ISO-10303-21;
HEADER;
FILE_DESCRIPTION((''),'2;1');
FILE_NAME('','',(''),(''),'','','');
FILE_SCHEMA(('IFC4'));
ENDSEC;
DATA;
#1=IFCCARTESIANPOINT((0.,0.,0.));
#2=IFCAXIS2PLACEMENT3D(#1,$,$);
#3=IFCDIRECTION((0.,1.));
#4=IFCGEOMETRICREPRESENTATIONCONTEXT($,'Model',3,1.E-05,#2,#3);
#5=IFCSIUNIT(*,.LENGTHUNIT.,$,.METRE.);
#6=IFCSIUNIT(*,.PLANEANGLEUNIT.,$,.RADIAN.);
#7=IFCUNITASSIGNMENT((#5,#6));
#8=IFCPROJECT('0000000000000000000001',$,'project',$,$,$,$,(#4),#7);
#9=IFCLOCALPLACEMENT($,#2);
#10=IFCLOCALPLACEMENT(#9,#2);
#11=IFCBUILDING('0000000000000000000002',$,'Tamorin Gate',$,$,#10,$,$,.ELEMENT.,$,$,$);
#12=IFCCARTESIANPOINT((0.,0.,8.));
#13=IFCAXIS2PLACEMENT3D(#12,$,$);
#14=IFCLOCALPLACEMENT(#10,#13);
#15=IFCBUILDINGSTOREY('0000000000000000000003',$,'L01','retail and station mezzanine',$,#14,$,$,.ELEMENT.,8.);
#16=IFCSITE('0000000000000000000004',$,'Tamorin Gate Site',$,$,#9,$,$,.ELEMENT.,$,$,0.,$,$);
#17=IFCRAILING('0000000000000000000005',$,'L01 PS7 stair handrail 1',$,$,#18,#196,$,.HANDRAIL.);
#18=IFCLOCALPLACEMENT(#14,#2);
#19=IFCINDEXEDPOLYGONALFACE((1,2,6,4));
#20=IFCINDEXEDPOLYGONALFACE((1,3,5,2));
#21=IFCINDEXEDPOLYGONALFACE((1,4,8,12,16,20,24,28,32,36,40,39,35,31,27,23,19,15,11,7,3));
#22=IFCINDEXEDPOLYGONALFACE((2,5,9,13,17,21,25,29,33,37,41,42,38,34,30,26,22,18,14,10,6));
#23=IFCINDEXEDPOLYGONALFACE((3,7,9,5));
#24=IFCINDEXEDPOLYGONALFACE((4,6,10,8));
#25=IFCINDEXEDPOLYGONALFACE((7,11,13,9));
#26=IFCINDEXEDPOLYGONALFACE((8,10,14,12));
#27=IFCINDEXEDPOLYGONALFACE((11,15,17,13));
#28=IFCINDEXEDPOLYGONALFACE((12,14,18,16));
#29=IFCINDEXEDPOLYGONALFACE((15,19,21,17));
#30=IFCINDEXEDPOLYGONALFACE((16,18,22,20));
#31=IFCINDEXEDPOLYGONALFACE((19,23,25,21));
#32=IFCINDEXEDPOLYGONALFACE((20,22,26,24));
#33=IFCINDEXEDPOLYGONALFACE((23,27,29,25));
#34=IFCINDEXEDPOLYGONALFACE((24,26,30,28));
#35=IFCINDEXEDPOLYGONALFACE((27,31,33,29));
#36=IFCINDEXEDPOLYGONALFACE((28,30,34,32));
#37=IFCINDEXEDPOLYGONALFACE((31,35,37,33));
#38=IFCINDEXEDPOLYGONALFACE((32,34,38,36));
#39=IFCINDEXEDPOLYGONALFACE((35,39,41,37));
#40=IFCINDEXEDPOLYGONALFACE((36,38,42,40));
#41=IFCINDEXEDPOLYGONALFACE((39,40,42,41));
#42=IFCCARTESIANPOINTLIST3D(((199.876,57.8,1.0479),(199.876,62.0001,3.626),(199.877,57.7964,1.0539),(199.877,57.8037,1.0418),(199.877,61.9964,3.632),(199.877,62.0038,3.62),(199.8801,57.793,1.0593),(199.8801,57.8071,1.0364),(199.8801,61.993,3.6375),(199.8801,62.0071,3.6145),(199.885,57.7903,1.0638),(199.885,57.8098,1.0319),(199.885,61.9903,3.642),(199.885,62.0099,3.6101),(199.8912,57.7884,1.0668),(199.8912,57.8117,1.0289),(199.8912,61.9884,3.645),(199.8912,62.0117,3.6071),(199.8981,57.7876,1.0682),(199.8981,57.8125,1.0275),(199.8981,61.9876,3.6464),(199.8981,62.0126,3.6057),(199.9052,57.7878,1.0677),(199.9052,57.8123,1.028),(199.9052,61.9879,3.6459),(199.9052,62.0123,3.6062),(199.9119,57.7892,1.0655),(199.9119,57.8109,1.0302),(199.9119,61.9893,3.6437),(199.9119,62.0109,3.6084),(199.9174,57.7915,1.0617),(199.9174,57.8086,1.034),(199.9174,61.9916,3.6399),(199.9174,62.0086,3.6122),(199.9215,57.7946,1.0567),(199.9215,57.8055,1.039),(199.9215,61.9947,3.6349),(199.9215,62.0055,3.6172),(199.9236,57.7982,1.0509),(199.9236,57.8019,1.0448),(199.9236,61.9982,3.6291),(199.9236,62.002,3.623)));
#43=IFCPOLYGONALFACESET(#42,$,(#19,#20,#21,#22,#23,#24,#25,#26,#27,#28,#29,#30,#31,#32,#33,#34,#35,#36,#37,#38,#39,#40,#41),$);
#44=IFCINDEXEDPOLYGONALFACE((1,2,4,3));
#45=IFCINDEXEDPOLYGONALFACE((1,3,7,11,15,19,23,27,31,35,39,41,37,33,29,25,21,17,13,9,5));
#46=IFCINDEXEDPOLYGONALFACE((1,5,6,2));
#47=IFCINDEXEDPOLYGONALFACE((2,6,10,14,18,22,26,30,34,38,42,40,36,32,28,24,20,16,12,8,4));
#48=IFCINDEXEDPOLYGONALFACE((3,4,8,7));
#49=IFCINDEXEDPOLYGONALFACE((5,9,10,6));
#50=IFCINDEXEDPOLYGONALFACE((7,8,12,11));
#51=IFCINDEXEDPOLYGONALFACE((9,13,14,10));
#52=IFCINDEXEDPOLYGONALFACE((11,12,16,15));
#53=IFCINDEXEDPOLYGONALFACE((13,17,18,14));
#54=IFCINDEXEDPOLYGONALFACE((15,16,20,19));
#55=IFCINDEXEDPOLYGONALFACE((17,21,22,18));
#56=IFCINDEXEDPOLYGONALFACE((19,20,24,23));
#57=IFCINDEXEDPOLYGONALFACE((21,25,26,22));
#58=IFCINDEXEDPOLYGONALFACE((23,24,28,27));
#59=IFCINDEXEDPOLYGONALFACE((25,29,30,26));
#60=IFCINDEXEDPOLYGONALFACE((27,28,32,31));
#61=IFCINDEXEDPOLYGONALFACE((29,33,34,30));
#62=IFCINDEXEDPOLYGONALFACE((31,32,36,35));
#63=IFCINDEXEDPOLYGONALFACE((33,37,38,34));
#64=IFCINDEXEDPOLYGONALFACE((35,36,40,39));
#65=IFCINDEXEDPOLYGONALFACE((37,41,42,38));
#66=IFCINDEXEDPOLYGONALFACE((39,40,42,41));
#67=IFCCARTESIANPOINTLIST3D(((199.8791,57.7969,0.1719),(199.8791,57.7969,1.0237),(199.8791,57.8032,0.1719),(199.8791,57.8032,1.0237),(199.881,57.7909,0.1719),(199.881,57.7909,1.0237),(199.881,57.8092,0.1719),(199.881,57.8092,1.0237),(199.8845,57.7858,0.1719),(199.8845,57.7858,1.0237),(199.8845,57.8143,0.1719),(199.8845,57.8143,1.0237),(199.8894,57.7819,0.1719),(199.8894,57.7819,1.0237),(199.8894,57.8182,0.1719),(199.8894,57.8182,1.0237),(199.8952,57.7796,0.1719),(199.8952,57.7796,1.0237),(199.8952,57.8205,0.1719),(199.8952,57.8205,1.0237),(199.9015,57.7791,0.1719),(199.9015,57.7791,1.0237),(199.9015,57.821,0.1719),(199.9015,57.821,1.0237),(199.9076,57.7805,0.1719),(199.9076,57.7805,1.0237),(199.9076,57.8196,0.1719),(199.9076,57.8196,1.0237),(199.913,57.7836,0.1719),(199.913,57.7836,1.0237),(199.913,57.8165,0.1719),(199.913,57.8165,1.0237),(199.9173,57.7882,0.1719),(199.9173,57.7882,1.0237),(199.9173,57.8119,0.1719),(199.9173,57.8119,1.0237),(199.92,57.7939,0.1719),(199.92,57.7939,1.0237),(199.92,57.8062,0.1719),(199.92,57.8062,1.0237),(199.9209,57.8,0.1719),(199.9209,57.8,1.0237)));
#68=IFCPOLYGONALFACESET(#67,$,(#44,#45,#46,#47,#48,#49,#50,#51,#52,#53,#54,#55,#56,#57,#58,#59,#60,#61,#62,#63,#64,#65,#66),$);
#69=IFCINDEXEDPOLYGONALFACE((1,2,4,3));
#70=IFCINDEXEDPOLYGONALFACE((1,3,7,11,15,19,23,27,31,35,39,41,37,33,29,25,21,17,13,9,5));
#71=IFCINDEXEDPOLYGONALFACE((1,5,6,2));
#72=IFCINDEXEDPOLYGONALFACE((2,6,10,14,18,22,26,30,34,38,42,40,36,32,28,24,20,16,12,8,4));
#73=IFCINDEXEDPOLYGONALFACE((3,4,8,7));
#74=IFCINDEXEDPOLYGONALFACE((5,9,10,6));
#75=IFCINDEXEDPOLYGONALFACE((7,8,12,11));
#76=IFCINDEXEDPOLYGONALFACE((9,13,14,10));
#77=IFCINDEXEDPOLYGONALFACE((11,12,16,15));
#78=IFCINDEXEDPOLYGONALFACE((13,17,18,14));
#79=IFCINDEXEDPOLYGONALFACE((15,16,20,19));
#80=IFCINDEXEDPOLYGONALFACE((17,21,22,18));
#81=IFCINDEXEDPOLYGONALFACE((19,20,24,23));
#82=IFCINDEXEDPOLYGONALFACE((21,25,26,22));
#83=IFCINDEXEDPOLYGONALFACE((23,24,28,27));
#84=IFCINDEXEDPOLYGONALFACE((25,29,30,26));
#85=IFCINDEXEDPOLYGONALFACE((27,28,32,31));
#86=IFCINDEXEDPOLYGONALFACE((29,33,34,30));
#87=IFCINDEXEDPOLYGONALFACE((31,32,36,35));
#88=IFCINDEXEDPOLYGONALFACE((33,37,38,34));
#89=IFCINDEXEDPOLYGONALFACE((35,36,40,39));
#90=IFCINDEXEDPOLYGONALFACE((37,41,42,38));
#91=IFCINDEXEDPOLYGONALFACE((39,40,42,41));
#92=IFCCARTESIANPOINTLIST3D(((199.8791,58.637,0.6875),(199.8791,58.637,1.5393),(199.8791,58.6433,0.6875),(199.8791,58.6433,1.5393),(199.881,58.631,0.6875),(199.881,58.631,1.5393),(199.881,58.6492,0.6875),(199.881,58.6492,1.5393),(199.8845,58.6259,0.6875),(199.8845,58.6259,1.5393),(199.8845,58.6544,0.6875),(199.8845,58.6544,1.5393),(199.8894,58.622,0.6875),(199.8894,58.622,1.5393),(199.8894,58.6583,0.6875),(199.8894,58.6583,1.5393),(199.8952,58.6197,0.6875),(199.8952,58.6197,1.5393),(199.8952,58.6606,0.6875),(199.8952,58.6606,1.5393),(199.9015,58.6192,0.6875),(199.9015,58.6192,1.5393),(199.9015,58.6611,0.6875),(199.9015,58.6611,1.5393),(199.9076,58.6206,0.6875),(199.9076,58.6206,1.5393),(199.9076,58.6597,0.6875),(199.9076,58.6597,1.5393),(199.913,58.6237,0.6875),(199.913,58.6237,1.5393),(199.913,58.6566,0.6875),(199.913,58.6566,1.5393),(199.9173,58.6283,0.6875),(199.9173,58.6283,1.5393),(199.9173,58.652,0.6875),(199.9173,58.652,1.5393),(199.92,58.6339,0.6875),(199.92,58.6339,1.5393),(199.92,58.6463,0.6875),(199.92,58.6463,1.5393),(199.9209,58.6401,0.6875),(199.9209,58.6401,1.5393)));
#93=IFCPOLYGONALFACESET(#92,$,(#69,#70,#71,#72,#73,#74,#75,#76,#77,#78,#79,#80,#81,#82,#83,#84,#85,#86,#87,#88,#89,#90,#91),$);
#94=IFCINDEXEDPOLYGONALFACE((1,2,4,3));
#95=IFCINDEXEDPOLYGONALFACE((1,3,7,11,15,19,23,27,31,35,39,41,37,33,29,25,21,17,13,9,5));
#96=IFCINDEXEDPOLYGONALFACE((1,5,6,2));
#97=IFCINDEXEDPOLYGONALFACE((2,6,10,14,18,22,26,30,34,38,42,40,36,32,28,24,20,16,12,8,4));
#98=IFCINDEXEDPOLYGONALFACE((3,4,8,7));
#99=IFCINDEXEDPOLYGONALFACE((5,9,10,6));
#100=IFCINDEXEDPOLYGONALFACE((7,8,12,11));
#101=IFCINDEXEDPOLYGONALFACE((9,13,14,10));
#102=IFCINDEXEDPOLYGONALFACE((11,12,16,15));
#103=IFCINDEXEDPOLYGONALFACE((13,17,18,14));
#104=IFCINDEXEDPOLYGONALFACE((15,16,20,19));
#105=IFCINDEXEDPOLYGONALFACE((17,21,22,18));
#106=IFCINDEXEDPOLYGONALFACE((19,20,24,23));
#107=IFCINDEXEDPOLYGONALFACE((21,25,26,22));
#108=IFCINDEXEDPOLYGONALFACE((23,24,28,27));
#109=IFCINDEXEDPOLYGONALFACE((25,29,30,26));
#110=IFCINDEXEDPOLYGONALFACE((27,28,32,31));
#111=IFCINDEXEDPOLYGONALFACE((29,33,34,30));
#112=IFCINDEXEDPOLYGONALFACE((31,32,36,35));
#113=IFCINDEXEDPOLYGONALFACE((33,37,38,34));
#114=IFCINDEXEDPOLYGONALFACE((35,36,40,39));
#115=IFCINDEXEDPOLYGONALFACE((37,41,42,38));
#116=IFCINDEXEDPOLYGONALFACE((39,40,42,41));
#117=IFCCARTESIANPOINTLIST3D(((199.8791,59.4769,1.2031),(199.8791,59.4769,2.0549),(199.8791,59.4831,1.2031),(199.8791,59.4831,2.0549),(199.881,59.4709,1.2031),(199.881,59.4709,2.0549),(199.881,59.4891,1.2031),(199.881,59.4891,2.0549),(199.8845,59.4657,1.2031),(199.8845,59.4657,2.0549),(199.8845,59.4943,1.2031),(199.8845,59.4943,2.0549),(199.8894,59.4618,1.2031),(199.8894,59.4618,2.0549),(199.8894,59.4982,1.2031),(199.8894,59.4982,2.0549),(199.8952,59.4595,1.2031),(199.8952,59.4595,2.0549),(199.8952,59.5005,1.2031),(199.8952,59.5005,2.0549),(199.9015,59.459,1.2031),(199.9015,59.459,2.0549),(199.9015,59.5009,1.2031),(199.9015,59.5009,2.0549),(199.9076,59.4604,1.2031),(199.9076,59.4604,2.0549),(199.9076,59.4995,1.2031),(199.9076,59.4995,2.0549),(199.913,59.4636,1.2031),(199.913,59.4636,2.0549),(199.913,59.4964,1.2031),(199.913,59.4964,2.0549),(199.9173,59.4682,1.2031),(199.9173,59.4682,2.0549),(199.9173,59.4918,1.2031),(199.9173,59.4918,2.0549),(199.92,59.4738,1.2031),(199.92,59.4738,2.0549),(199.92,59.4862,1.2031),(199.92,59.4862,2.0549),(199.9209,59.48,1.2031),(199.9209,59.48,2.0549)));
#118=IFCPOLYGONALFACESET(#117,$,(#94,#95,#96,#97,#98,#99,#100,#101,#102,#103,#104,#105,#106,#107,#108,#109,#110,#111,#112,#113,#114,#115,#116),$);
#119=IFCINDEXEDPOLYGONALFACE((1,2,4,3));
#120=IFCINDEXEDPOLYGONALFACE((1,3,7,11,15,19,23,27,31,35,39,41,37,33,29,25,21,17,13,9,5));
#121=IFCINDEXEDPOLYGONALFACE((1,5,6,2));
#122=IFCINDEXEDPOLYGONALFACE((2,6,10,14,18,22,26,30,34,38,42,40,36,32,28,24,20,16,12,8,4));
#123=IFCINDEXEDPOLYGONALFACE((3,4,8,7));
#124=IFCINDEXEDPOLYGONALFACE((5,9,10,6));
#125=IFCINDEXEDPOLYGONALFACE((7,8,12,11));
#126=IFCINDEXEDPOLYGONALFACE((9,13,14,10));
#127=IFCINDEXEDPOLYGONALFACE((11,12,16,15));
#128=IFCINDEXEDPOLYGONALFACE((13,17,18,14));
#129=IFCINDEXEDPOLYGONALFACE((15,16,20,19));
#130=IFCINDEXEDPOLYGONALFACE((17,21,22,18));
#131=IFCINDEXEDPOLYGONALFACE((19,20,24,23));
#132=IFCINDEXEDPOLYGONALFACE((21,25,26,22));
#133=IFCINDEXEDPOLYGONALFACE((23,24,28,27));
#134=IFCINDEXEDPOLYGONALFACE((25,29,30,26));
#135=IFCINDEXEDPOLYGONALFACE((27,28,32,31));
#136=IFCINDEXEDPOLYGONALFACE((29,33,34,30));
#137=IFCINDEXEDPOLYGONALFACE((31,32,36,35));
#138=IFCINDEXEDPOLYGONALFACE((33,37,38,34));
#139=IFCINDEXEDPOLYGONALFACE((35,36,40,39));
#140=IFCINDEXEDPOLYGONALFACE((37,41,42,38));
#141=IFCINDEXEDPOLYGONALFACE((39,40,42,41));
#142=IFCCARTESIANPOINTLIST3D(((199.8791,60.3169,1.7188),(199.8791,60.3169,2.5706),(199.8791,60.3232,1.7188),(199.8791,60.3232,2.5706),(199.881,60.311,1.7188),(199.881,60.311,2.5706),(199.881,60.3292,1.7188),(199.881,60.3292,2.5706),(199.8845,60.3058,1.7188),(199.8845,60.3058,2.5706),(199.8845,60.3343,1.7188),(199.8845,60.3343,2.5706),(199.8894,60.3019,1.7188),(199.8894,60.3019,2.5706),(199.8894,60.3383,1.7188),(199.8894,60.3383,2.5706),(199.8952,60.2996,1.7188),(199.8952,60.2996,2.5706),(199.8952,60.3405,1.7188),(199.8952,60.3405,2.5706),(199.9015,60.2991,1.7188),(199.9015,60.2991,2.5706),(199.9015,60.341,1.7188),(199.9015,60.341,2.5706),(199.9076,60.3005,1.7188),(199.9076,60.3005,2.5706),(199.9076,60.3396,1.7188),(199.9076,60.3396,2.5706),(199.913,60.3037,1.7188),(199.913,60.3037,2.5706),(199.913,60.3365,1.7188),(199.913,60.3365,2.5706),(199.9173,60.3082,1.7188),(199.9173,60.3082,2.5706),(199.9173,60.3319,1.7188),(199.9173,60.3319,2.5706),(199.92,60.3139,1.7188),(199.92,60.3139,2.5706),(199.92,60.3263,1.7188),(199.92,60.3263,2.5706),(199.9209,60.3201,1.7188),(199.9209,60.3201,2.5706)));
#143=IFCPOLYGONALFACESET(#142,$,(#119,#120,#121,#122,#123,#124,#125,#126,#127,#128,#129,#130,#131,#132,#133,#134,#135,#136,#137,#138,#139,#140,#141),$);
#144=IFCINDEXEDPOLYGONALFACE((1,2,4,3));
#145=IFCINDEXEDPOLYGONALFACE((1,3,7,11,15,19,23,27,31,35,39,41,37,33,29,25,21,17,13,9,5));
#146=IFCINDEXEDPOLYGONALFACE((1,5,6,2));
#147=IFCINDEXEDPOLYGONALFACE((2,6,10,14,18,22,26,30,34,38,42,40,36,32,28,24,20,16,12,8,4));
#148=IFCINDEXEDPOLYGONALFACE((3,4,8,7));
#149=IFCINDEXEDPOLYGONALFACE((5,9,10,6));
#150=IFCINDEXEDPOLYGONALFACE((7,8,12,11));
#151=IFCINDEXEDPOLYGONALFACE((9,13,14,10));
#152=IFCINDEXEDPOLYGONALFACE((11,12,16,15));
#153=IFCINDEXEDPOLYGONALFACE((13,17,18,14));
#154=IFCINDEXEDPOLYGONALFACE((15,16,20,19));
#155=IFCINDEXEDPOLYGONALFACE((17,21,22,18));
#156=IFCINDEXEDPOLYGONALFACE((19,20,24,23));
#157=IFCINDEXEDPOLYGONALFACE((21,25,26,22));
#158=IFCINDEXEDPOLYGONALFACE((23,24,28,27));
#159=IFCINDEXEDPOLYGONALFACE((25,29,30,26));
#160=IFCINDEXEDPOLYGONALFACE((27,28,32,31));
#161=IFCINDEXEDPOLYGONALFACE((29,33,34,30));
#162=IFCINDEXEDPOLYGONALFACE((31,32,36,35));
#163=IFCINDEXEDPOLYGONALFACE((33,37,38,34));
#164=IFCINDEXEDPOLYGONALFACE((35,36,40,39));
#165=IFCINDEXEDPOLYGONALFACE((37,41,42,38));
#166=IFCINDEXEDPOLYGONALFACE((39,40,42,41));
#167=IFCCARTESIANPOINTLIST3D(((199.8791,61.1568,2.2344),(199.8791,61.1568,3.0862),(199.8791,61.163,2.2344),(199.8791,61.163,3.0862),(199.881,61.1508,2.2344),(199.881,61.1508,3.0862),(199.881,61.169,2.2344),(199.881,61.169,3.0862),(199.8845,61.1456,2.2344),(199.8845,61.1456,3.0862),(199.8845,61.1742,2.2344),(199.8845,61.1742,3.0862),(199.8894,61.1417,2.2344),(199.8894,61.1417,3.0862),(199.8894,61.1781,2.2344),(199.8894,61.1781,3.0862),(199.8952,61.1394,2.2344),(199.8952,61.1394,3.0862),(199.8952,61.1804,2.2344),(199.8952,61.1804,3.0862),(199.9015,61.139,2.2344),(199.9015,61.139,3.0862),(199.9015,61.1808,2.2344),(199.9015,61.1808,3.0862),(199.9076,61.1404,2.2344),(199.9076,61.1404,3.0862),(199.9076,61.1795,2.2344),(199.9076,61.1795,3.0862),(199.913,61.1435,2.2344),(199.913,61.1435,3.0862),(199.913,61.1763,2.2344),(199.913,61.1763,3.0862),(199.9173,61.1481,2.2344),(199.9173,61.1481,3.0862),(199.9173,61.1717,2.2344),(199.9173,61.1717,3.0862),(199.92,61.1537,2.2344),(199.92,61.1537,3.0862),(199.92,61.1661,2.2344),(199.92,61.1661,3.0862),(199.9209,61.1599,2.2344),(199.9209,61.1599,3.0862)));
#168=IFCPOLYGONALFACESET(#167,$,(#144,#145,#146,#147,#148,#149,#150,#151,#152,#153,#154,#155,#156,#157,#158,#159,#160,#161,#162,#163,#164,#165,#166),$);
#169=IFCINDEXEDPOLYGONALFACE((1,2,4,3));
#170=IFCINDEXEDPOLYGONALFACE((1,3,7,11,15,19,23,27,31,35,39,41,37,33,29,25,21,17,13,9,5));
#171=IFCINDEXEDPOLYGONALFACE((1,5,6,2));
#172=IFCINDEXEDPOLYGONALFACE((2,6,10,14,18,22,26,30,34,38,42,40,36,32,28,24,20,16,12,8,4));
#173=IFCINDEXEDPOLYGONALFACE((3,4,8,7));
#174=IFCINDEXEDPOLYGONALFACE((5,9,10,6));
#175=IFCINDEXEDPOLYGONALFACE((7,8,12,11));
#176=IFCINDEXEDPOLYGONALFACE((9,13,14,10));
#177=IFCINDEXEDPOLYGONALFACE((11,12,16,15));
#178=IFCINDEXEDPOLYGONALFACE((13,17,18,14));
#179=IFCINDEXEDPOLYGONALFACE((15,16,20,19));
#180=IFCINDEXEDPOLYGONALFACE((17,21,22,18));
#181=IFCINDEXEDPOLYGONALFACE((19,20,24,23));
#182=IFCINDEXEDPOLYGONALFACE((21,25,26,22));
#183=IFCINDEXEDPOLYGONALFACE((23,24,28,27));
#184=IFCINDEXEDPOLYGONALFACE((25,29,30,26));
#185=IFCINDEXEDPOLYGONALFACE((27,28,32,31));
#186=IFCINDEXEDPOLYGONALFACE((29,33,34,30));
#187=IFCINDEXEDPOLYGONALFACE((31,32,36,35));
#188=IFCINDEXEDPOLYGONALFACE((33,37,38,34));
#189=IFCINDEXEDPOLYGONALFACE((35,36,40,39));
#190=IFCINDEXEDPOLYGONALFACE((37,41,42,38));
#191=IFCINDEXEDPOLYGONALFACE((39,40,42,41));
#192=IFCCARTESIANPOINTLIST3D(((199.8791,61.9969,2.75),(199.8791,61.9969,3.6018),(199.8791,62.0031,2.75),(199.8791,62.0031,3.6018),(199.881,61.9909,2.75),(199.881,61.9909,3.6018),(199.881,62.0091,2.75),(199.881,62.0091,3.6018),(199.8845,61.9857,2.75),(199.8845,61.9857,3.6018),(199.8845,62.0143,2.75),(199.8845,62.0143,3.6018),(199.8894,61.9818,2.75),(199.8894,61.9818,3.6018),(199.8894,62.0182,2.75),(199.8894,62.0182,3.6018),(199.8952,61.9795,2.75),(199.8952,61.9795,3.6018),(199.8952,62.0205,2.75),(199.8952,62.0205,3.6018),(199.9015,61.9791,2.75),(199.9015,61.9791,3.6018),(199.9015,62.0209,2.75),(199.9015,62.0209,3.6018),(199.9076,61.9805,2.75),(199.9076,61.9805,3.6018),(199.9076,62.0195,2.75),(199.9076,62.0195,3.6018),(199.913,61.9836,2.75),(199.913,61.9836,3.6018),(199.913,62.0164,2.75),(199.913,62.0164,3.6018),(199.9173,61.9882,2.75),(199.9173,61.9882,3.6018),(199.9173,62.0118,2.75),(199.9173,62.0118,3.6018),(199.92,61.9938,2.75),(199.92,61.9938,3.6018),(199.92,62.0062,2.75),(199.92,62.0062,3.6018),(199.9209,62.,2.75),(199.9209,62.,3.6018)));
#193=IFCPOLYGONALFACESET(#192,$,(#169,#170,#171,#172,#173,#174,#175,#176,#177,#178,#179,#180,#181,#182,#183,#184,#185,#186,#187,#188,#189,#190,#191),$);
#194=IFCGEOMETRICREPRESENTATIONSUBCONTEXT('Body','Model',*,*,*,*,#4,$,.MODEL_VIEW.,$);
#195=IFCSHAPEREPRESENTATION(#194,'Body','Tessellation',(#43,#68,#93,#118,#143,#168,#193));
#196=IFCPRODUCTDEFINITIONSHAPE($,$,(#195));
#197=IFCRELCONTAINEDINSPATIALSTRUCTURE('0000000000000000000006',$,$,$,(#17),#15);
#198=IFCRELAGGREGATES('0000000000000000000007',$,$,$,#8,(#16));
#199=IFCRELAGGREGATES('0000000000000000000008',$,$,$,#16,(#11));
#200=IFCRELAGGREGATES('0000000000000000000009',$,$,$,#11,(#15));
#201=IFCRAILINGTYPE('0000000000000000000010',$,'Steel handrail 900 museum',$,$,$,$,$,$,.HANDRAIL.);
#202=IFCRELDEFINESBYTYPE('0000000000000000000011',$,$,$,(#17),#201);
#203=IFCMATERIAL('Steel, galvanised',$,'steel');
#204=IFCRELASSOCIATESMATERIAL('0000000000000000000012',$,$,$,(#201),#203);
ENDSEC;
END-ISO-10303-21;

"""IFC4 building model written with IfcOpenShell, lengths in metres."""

from ifc_helpers import new_model, si_unit, direction, frame, origin, origin_2d, place, context, subcontext, project, spatial, circle, extrude, material, type_object, element, save


model = new_model("IFC4")

# Units and contexts
model_context = context("Model", 3, precision=1e-05, world=origin(), true_north=direction((0.0, 1.0)))
body_context = subcontext(model_context, "Body", "Model", "MODEL_VIEW")
ifc_project = project(units=[si_unit("LENGTHUNIT", "METRE"), si_unit("PLANEANGLEUNIT", "RADIAN")], contexts=[model_context])

# Site, building, storey
site_placement = place(None, origin())
site = spatial("IfcSite", under=ifc_project, at=site_placement, Name="Tamorin Gate Site", CompositionType="ELEMENT", RefElevation=0.0)
building_placement = place(site_placement, origin())
building = spatial("IfcBuilding", under=site, at=building_placement, Name="Tamorin Gate", CompositionType="ELEMENT")
storey_placement = place(building_placement, frame((0.0, 0.0, 8.0)))
storey = spatial("IfcBuildingStorey", under=building, at=storey_placement, Name="L01", Description="retail and station mezzanine", CompositionType="ELEMENT", Elevation=8.0)

# Railing
ifc_material_1 = material(Name="Steel, galvanised", Category="steel")
railing_type_1 = type_object("IfcRailingType", Name="Steel handrail 900 museum", PredefinedType="HANDRAIL", material=ifc_material_1)
railing_1_placement = place(storey_placement, frame((199.8999, 57.8, 0.1719)))
element("IfcRailing", 1, at=railing_1_placement, inside=storey, type_object=railing_type_1, Name="L01 PS7 stair handrail 1", PredefinedType="HANDRAIL", context=body_context, shape_type="SweptSolid", body=[
    extrude(circle(Radius=0.0239, at=origin_2d()), frame((0.0, 0.0, 0.876), z_axis=(0.0, 0.852243, 0.523146), x_axis=(-1.0, 0.0, 0.0)), (0.0, 0.0, 1.0), 4.9282),
    extrude(circle(Radius=0.021, at=origin_2d()), origin(), (0.0, 0.0, 1.0), 0.8518),
    extrude(circle(Radius=0.021, at=origin_2d()), frame((0.0, 0.8401, 0.5156)), (0.0, 0.0, 1.0), 0.8518),
    extrude(circle(Radius=0.021, at=origin_2d()), frame((0.0, 1.6799, 1.0312)), (0.0, 0.0, 1.0), 0.8518),
    extrude(circle(Radius=0.021, at=origin_2d()), frame((0.0, 2.52, 1.5469)), (0.0, 0.0, 1.0), 0.8518),
    extrude(circle(Radius=0.021, at=origin_2d()), frame((0.0, 3.3599, 2.0625)), (0.0, 0.0, 1.0), 0.8518),
    extrude(circle(Radius=0.021, at=origin_2d()), frame((0.0, 4.2, 2.5781)), (0.0, 0.0, 1.0), 0.8518),
])

save(model, "model.ifc")
